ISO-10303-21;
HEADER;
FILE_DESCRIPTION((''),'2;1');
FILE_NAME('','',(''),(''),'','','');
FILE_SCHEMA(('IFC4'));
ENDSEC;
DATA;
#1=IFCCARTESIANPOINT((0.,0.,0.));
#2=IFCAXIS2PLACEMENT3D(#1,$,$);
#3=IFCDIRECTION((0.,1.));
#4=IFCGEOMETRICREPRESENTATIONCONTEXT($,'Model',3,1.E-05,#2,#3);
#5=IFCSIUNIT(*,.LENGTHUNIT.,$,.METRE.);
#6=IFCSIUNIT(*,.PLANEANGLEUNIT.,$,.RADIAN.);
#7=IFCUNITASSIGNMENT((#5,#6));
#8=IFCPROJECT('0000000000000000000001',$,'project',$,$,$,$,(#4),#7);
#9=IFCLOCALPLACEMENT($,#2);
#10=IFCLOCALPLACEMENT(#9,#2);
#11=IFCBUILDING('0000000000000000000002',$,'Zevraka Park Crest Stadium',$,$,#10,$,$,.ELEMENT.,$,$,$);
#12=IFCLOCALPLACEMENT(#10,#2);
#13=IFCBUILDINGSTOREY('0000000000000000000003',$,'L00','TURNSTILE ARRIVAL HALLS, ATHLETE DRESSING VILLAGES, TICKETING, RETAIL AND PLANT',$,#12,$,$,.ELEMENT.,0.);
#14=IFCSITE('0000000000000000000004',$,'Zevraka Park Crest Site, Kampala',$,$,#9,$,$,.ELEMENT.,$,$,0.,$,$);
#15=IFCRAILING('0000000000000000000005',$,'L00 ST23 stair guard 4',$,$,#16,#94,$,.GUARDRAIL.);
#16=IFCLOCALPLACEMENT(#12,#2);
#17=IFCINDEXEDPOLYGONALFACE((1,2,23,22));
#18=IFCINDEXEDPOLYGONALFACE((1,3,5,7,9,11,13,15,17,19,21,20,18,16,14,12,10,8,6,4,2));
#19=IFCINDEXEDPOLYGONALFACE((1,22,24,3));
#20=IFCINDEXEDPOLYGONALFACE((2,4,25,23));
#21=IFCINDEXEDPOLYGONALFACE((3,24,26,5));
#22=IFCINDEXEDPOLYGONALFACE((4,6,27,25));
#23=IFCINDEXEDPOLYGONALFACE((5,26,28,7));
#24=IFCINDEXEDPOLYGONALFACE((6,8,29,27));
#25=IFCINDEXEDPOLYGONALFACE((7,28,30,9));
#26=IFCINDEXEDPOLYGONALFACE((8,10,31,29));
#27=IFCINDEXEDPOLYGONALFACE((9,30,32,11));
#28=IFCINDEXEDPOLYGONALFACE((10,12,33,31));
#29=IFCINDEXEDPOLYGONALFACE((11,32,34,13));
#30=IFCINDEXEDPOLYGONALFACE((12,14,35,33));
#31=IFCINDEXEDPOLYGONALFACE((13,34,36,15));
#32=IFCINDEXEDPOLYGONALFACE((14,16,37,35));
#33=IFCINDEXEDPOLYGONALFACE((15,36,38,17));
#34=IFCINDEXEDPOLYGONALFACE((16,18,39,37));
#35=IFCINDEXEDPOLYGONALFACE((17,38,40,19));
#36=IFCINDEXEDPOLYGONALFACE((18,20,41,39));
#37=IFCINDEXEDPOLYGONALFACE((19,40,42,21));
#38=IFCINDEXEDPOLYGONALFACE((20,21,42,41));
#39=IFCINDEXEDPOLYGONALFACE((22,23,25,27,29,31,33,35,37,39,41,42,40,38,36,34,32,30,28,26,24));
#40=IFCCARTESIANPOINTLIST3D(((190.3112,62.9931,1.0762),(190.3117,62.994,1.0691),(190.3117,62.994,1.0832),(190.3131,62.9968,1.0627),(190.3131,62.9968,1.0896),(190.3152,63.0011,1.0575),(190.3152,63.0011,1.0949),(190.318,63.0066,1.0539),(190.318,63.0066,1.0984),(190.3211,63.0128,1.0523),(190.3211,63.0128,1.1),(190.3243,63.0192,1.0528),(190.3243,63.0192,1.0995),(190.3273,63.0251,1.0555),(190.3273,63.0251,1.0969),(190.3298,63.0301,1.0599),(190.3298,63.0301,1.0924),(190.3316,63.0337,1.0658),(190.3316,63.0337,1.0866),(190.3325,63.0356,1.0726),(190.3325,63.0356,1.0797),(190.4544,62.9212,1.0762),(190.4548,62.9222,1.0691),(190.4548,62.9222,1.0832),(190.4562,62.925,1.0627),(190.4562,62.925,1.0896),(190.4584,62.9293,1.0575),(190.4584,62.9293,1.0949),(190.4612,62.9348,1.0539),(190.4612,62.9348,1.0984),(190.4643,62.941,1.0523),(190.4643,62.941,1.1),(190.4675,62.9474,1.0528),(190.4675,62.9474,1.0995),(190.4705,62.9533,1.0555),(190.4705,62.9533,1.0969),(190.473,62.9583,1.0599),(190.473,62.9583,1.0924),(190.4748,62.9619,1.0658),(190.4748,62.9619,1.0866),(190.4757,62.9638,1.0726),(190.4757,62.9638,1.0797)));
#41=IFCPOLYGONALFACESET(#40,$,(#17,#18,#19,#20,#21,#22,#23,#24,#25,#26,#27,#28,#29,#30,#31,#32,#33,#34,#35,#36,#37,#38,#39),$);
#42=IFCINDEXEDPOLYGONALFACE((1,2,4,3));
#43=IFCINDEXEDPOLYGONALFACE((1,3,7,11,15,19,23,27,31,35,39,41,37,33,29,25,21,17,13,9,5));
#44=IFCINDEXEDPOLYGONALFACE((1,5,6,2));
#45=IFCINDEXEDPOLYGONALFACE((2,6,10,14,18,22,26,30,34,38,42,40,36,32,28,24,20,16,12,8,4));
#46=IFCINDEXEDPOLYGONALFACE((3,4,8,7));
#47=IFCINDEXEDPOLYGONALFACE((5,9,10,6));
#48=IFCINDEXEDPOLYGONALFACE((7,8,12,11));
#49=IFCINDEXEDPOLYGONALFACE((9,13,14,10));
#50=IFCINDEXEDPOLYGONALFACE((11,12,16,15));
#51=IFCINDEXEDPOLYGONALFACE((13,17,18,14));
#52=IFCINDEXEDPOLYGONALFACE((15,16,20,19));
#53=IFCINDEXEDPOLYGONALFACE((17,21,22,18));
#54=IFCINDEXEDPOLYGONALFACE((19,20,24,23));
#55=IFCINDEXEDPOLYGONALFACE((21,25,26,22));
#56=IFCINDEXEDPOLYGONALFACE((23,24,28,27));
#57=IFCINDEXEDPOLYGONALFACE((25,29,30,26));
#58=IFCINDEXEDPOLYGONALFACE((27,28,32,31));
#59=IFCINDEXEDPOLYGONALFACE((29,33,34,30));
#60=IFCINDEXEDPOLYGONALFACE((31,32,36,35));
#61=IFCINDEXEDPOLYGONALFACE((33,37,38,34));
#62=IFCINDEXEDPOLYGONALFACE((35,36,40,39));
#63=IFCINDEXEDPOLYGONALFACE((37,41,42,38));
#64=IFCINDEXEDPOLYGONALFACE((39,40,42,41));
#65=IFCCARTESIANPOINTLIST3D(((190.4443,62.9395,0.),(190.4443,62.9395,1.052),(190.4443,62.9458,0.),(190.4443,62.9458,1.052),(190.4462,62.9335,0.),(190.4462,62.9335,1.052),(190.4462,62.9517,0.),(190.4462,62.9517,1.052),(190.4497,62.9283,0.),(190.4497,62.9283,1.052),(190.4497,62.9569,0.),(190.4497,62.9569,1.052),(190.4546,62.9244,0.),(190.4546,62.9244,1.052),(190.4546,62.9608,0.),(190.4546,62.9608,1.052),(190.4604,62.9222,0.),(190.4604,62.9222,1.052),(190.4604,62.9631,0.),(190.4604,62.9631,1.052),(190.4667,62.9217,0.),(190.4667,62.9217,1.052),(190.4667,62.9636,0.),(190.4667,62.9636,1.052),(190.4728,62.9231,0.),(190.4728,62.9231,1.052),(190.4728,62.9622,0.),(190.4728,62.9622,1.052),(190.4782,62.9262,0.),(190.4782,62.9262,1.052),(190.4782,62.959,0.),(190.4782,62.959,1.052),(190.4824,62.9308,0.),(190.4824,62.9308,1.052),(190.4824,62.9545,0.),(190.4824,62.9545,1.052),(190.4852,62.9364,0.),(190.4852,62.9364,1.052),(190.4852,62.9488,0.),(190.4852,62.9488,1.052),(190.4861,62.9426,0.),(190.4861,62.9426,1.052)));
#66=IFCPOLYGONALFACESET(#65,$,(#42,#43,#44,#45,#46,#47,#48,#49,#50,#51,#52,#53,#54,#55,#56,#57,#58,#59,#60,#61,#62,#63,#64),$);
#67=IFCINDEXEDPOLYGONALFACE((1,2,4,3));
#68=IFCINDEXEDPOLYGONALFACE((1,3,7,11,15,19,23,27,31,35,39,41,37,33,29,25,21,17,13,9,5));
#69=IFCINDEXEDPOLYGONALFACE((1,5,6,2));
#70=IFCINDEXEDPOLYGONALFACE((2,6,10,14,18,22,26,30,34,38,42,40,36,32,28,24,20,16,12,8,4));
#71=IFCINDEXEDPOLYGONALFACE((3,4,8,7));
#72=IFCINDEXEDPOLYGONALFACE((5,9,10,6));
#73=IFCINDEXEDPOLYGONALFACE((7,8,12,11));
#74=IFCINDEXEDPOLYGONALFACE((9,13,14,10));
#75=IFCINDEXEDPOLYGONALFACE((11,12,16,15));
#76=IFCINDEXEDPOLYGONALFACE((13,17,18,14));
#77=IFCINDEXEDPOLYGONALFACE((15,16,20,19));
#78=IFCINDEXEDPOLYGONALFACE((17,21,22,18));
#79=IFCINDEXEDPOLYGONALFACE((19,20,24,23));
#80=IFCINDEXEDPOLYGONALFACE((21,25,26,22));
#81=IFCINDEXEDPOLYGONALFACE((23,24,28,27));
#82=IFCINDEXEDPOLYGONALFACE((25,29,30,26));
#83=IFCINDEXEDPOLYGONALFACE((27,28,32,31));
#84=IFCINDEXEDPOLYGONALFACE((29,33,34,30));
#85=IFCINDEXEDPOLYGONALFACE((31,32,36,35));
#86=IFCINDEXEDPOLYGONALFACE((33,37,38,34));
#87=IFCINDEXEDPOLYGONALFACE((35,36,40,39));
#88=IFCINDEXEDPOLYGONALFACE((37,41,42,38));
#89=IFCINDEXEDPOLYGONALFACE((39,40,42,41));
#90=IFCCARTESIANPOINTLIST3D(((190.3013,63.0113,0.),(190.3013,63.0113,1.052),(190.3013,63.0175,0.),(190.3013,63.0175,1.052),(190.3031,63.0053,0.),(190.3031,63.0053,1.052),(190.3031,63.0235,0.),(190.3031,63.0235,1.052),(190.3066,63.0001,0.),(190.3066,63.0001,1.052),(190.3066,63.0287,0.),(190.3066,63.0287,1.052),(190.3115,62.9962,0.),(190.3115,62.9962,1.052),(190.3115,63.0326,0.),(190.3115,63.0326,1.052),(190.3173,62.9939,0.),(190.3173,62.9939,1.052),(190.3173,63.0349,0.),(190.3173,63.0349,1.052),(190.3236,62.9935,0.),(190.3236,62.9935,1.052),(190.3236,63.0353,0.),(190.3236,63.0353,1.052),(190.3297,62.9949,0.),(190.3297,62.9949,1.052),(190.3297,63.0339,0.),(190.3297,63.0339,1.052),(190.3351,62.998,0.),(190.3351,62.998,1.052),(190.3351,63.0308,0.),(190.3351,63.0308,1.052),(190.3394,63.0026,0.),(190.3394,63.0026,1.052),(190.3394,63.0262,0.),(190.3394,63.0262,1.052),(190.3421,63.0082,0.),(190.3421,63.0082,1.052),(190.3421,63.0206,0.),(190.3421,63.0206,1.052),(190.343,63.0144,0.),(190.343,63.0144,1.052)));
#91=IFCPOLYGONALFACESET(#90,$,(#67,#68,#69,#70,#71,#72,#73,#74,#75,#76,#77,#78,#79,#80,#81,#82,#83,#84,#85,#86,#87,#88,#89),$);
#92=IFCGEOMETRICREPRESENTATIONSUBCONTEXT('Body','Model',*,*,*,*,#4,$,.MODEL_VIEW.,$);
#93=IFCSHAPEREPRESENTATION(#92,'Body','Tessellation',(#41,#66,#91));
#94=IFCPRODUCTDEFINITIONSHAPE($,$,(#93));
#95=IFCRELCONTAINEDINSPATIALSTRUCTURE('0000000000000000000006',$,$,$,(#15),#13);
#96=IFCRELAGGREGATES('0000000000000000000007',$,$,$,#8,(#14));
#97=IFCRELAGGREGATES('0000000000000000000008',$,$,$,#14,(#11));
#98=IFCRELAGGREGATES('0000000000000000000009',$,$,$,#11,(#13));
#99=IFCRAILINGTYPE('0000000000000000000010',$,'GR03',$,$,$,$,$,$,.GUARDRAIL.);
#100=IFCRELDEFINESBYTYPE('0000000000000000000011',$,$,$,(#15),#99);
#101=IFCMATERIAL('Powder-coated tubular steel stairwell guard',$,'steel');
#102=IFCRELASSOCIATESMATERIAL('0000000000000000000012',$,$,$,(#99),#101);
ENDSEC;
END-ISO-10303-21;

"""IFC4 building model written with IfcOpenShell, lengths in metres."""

from ifc_helpers import new_model, si_unit, direction, frame, origin, origin_2d, place, context, subcontext, project, spatial, circle, extrude, material, type_object, element, save


model = new_model("IFC4")

# Units and contexts
model_context = context("Model", 3, precision=1e-05, world=origin(), true_north=direction((0.0, 1.0)))
body_context = subcontext(model_context, "Body", "Model", "MODEL_VIEW")
ifc_project = project(units=[si_unit("LENGTHUNIT", "METRE"), si_unit("PLANEANGLEUNIT", "RADIAN")], contexts=[model_context])

# Site, building, storey
site_placement = place(None, origin())
site = spatial("IfcSite", under=ifc_project, at=site_placement, Name="Zevraka Park Crest Site, Kampala", CompositionType="ELEMENT", RefElevation=0.0)
building_placement = place(site_placement, origin())
building = spatial("IfcBuilding", under=site, at=building_placement, Name="Zevraka Park Crest Stadium", CompositionType="ELEMENT")
storey_placement = place(building_placement, origin())
storey = spatial("IfcBuildingStorey", under=building, at=storey_placement, Name="L00", Description="TURNSTILE ARRIVAL HALLS, ATHLETE DRESSING VILLAGES, TICKETING, RETAIL AND PLANT", CompositionType="ELEMENT", Elevation=0.0)

# Railing
ifc_material_1 = material(Name="Powder-coated tubular steel stairwell guard", Category="steel")
railing_type_1 = type_object("IfcRailingType", Name="GR03", PredefinedType="GUARDRAIL", material=ifc_material_1)
railing_1_placement = place(storey_placement, frame((190.4651, 62.9426, 0.0)))
element("IfcRailing", 1, at=railing_1_placement, inside=storey, type_object=railing_type_1, Name="L00 ST23 stair guard 4", PredefinedType="GUARDRAIL", context=body_context, shape_type="SweptSolid", body=[
    extrude(circle(Radius=0.0239, at=origin_2d()), frame((0.0, 0.0, 1.0762), z_axis=(-0.893816, 0.448433, 0.0), x_axis=(-0.448433, -0.893816, 0.0)), (0.0, 0.0, 1.0), 0.1602),
    extrude(circle(Radius=0.021, at=origin_2d()), origin(), (0.0, 0.0, 1.0), 1.052),
    extrude(circle(Radius=0.021, at=origin_2d()), frame((-0.1431, 0.0718, 0.0)), (0.0, 0.0, 1.0), 1.052),
])

save(model, "model.ifc")
